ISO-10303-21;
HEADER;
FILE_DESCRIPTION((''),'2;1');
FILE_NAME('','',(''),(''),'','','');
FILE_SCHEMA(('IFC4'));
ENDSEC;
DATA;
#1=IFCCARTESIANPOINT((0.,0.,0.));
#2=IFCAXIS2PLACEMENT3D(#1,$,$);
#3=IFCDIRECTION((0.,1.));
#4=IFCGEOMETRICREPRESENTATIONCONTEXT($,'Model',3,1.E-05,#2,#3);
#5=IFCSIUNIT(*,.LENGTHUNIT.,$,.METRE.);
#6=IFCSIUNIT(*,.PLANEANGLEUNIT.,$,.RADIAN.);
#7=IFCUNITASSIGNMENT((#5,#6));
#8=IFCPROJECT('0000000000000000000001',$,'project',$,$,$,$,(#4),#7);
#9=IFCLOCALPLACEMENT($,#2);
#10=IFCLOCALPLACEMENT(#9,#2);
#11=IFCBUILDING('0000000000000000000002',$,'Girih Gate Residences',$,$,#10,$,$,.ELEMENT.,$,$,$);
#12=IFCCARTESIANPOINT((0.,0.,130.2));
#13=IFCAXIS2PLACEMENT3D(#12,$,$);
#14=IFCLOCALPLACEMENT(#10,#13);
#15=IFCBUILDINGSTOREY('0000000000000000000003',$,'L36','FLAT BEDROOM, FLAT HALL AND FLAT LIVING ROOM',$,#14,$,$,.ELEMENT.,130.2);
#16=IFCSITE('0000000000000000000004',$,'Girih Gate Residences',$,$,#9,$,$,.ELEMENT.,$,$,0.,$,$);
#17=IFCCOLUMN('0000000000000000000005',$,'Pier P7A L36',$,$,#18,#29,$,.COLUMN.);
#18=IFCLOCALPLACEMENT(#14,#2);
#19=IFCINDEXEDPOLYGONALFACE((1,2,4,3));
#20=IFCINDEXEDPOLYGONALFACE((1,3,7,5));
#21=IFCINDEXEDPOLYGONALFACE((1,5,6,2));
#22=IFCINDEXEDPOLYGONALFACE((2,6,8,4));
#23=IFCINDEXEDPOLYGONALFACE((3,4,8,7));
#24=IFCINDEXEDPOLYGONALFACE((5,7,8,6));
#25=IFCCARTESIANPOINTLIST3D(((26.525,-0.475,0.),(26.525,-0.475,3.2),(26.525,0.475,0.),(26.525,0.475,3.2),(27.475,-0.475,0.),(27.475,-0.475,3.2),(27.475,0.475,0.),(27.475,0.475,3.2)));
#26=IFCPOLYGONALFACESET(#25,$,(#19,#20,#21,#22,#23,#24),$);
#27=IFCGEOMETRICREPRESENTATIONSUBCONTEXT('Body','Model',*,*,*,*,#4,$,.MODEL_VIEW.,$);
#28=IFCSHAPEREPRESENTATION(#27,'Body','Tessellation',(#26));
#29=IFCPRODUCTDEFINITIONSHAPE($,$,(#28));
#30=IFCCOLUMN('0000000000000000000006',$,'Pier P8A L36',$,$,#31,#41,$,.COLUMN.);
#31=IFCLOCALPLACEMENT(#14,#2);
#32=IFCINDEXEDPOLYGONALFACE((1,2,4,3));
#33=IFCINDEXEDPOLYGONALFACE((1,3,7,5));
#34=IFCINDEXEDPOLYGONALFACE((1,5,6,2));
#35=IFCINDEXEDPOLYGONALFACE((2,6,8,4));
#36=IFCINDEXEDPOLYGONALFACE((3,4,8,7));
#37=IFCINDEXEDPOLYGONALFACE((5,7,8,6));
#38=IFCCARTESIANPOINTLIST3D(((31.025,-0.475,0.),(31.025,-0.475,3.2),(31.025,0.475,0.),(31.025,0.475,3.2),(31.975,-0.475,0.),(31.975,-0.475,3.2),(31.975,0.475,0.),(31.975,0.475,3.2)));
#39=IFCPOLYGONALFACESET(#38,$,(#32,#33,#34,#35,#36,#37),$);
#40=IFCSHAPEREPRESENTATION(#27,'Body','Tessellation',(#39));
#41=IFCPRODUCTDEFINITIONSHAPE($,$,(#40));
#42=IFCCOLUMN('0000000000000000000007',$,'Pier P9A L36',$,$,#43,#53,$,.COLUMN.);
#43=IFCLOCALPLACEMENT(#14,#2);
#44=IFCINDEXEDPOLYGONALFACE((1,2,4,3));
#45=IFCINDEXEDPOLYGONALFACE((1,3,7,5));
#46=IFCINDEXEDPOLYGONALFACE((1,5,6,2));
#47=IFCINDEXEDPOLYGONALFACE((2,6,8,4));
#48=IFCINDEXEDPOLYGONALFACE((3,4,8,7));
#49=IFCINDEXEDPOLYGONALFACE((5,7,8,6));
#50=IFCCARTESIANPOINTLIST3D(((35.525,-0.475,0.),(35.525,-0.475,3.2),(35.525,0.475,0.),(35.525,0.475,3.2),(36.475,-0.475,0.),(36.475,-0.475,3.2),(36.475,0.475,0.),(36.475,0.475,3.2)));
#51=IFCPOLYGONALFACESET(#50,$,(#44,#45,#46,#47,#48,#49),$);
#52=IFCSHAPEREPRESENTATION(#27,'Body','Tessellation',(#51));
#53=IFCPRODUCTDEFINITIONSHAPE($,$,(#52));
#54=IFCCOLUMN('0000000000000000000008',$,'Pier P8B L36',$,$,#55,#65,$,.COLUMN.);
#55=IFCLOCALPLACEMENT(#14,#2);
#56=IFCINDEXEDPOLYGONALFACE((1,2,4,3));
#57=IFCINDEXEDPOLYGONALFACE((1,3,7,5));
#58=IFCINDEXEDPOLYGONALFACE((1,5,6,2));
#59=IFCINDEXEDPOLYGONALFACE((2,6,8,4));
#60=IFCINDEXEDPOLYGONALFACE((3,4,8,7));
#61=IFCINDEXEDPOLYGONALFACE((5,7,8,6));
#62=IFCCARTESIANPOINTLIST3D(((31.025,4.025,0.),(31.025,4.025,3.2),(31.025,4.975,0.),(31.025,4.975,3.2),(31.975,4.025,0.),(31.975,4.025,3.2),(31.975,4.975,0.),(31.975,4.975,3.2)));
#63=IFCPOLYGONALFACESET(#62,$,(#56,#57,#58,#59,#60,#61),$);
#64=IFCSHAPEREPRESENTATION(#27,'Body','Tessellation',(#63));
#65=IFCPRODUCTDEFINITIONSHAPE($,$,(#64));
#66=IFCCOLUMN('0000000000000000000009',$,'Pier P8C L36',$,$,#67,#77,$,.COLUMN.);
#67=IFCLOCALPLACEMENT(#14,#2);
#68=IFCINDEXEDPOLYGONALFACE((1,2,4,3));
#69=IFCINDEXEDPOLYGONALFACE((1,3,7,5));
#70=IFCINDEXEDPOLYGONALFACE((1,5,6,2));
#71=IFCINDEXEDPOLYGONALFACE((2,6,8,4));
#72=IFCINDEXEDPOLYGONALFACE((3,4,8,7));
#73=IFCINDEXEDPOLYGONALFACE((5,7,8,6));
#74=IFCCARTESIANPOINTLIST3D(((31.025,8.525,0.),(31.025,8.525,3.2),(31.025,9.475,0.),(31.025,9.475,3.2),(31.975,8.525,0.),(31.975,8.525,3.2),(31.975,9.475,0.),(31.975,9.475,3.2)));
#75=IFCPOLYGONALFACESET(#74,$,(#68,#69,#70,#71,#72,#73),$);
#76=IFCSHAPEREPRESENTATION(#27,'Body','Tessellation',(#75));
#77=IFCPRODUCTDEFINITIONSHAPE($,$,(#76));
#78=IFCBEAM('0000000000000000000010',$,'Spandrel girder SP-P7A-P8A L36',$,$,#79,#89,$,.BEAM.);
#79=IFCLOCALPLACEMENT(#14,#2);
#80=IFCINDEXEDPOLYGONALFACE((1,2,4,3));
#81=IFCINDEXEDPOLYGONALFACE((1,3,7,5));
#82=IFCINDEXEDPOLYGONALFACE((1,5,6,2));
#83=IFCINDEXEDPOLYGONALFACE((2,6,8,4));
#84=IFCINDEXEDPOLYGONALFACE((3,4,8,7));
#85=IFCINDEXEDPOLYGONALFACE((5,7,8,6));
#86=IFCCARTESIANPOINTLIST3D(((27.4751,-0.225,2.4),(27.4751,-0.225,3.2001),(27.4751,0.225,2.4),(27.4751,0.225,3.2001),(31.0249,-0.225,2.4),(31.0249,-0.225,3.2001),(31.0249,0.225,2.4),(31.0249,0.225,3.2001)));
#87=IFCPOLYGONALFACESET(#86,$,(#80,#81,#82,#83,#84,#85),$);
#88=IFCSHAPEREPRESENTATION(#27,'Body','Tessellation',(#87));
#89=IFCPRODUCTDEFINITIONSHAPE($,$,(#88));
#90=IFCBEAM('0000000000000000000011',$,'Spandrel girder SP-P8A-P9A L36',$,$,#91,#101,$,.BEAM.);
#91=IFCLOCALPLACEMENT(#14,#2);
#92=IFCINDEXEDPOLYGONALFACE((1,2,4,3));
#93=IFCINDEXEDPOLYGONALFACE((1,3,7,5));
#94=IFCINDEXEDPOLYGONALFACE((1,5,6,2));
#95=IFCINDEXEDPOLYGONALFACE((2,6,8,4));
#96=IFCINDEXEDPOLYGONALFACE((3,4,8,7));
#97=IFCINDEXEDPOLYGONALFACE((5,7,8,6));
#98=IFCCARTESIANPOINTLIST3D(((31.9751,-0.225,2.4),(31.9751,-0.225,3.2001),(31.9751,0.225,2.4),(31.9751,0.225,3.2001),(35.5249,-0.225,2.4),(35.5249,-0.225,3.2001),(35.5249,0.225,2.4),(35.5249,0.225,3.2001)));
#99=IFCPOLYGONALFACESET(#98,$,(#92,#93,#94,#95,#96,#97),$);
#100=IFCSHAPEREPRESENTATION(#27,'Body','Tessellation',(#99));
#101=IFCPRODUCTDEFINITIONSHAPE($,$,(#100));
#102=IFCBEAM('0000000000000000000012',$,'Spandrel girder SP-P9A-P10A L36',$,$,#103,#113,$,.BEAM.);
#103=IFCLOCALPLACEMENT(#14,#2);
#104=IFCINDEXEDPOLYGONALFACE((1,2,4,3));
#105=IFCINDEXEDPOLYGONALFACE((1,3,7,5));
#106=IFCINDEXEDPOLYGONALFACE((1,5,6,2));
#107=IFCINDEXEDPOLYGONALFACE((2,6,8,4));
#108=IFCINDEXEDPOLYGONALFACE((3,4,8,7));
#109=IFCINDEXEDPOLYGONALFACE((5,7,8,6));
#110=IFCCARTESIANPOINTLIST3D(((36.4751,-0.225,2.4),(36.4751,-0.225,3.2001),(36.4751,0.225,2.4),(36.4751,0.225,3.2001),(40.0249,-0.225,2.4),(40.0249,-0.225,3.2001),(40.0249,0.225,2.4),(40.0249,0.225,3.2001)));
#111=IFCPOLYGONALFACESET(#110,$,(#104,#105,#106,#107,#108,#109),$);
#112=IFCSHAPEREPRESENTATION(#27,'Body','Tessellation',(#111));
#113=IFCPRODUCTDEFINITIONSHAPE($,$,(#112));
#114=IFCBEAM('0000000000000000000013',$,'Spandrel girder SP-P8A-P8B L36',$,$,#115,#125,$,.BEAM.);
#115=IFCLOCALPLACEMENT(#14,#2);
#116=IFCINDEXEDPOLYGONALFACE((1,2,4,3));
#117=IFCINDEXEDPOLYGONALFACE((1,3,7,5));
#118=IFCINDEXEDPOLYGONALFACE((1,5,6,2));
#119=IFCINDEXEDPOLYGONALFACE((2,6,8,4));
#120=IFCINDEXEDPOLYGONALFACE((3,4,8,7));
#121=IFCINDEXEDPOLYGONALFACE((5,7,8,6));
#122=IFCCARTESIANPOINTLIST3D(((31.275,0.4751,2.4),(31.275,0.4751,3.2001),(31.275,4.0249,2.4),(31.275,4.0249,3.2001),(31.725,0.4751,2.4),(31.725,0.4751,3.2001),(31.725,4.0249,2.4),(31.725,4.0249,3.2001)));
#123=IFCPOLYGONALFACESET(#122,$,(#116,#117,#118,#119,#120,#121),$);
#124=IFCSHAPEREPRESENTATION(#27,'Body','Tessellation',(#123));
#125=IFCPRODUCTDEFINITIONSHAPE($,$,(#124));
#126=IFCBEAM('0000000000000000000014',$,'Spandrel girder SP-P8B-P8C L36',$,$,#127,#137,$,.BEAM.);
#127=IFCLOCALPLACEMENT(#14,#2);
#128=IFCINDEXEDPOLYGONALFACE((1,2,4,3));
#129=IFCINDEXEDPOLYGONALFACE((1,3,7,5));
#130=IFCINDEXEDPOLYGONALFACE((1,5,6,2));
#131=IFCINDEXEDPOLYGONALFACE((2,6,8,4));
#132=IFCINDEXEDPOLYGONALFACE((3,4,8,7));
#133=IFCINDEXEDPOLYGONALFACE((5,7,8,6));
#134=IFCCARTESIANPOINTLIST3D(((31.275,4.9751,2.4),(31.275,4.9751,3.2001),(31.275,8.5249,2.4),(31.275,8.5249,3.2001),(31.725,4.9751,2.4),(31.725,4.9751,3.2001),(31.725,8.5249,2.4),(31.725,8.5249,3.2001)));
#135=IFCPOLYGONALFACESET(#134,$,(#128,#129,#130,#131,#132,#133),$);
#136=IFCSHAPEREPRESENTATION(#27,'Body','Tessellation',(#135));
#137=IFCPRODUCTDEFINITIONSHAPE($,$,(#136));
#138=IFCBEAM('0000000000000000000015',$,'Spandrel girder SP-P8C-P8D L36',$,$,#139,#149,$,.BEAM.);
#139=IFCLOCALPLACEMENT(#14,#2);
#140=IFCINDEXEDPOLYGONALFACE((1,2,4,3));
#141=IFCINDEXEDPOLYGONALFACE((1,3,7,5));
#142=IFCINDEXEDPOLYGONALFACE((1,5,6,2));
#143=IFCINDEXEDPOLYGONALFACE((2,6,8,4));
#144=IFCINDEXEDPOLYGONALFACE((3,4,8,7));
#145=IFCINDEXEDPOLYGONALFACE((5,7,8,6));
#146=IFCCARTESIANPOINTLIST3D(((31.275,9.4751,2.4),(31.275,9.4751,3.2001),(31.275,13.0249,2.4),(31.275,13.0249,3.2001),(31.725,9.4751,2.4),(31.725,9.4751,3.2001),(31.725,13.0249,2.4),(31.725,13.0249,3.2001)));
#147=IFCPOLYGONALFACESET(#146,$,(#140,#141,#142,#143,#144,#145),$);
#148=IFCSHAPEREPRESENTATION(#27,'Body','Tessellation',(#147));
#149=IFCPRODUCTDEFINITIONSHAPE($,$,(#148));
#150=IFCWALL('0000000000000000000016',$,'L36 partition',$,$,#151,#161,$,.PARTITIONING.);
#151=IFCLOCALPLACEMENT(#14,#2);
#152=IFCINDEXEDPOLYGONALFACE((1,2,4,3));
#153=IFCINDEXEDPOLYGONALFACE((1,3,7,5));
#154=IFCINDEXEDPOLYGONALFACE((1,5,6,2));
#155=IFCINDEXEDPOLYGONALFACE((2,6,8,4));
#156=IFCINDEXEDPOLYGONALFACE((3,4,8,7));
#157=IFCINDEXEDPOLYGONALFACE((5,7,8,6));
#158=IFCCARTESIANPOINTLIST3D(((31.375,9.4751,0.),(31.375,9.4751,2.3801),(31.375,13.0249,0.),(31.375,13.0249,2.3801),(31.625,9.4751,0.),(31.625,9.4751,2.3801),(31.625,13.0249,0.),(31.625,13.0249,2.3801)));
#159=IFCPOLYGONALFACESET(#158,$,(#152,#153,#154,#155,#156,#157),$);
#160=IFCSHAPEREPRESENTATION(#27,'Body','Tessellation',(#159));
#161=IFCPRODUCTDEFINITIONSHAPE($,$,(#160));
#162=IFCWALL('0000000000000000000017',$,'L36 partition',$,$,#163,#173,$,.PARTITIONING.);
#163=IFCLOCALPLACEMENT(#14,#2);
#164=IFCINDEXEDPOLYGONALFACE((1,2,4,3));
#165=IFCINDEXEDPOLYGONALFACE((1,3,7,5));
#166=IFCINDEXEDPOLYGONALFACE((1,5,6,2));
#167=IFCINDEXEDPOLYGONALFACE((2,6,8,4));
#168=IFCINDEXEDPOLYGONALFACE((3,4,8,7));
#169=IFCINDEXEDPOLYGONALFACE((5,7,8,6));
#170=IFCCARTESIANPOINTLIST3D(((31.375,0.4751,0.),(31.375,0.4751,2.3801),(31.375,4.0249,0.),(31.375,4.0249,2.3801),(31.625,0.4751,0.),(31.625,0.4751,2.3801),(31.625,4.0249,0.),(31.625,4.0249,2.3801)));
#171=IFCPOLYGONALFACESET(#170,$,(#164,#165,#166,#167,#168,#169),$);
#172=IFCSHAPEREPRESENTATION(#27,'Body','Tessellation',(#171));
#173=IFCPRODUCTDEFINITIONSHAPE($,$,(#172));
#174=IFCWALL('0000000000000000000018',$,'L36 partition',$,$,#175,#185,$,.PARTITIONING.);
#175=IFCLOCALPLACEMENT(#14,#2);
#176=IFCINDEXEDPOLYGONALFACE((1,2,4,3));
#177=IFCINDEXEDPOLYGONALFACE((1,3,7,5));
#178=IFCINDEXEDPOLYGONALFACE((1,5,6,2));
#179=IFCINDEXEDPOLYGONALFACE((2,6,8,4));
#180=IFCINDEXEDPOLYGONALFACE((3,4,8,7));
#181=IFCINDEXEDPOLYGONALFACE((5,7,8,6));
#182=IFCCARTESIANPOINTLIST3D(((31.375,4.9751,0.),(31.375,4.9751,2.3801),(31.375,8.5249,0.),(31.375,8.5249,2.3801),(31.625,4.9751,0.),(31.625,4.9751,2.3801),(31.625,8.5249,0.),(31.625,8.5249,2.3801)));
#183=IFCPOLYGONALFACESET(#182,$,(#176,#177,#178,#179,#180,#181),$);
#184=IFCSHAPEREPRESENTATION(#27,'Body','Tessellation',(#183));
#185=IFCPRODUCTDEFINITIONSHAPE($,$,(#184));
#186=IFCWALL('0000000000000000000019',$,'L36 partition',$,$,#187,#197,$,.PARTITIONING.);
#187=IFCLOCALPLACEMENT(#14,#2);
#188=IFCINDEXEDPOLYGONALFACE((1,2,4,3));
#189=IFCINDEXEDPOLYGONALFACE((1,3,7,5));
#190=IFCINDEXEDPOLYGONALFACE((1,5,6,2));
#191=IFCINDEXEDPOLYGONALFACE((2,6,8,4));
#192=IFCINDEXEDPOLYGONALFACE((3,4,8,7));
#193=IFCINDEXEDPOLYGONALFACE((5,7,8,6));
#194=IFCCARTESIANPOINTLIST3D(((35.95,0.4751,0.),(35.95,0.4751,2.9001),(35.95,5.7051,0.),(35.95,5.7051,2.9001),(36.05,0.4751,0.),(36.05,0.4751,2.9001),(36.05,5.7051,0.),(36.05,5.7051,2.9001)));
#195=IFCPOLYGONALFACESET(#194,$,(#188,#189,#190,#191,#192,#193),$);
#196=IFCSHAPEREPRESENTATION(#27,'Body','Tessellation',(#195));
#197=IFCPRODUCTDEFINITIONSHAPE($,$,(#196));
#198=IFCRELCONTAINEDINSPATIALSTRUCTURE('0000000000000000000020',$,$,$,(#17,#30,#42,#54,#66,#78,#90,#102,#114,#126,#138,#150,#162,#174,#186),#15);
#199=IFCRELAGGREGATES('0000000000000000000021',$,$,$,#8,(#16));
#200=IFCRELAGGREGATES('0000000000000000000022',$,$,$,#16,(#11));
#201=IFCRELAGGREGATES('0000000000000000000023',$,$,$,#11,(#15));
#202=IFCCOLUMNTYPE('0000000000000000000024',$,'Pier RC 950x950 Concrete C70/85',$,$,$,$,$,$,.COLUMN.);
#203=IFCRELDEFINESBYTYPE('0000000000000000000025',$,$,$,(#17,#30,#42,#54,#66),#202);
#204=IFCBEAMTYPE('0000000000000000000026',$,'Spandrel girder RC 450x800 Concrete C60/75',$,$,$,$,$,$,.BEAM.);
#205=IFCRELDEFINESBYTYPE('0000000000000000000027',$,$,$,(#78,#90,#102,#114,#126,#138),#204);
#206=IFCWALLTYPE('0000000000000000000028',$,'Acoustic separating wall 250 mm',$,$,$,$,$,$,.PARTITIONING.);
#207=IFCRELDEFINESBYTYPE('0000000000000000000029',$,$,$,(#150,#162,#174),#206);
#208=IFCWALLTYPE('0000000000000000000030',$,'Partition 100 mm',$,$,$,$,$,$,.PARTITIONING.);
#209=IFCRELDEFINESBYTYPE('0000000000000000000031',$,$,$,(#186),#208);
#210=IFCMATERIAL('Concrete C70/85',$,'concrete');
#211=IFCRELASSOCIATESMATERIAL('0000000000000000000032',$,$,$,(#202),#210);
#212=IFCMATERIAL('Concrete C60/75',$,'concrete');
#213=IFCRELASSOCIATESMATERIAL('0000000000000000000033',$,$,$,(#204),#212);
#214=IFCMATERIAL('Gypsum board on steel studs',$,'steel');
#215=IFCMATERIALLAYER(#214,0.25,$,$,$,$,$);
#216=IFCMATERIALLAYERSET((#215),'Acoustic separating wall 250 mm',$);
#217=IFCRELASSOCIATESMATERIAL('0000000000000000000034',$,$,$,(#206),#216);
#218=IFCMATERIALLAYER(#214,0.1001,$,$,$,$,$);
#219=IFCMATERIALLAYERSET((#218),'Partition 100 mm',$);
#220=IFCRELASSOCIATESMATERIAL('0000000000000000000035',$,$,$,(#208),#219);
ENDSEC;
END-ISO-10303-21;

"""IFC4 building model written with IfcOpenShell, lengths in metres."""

from ifc_helpers import new_model, si_unit, direction, frame, frame_2d, origin, origin_2d, place, context, subcontext, project, spatial, rectangle, extrude, material, layer, layer_set, material_profile, profile_set, type_object, element, save


model = new_model("IFC4")

# Units and contexts
model_context = context("Model", 3, precision=1e-05, world=origin(), true_north=direction((0.0, 1.0)))
body_context = subcontext(model_context, "Body", "Model", "MODEL_VIEW")
ifc_project = project(units=[si_unit("LENGTHUNIT", "METRE"), si_unit("PLANEANGLEUNIT", "RADIAN")], contexts=[model_context])

# Site, building, storey
site_placement = place(None, origin())
site = spatial("IfcSite", under=ifc_project, at=site_placement, Name="Girih Gate Residences", CompositionType="ELEMENT", RefElevation=0.0)
building_placement = place(site_placement, origin())
building = spatial("IfcBuilding", under=site, at=building_placement, Name="Girih Gate Residences", CompositionType="ELEMENT")
storey_placement = place(building_placement, frame((0.0, 0.0, 130.2)))
storey = spatial("IfcBuildingStorey", under=building, at=storey_placement, Name="L36", Description="FLAT BEDROOM, FLAT HALL AND FLAT LIVING ROOM", CompositionType="ELEMENT", Elevation=130.2)

# Columns
ifc_material_1 = material(Name="Concrete C70/85", Category="concrete")
ifc_material_profile_1 = material_profile(ifc_material_1, rectangle(XDim=0.95, YDim=0.95, at=origin_2d()))
ifc_profile_set_1 = profile_set([ifc_material_profile_1], Name="Concrete C70/85")
column_type = type_object("IfcColumnType", Name="Pier RC 950x950 Concrete C70/85", PredefinedType="COLUMN", material=ifc_profile_set_1)
for number, where, z_axis, x_axis, name in (
    (1, (27.0, 0.0, 0.0), (0.0, 0.0, 1.0), (1.0, 0.0, 0.0), "Pier P7A L36"),
    (2, (31.5, 0.0, 0.0), (0.0, 0.0, 1.0), (1.0, 0.0, 0.0), "Pier P8A L36"),
    (3, (36.0, 0.0, 0.0), (0.0, 0.0, 1.0), (1.0, 0.0, 0.0), "Pier P9A L36"),
    (4, (31.5, 4.5, 0.0), (0.0, 0.0, 1.0), (1.0, 0.0, 0.0), "Pier P8B L36"),
    (5, (31.5, 9.0, 0.0), (0.0, 0.0, 1.0), (1.0, 0.0, 0.0), "Pier P8C L36"),
):
    element("IfcColumn", number, at=place(storey_placement, frame(where, z_axis=z_axis, x_axis=x_axis)), inside=storey, type_object=column_type, Name=name, PredefinedType="COLUMN", context=body_context, shape_type="SweptSolid", body=[
        extrude(rectangle(XDim=0.95, YDim=0.95, at=origin_2d()), origin(), (0.0, 0.0, 1.0), 3.2),
    ])

# Beams
ifc_material_2 = material(Name="Concrete C60/75", Category="concrete")
ifc_material_profile_2 = material_profile(ifc_material_2, rectangle(XDim=0.45, YDim=0.8, at=origin_2d()))
ifc_profile_set_2 = profile_set([ifc_material_profile_2], Name="Concrete C60/75")
beam_type = type_object("IfcBeamType", Name="Spandrel girder RC 450x800 Concrete C60/75", PredefinedType="BEAM", material=ifc_profile_set_2)
for number, where, z_axis, x_axis, name in (
    (6, (27.4751, 0.0, 2.8), (1.0, 0.0, 0.0), (0.0, 1.0, 0.0), "Spandrel girder SP-P7A-P8A L36"),
    (7, (31.9751, 0.0, 2.8), (1.0, 0.0, 0.0), (0.0, 1.0, 0.0), "Spandrel girder SP-P8A-P9A L36"),
    (8, (36.4751, 0.0, 2.8), (1.0, 0.0, 0.0), (0.0, 1.0, 0.0), "Spandrel girder SP-P9A-P10A L36"),
    (9, (31.5, 0.4751, 2.8), (0.0, 1.0, 0.0), (-1.0, 0.0, 0.0), "Spandrel girder SP-P8A-P8B L36"),
    (10, (31.5, 4.9751, 2.8), (0.0, 1.0, 0.0), (-1.0, 0.0, 0.0), "Spandrel girder SP-P8B-P8C L36"),
    (11, (31.5, 9.4751, 2.8), (0.0, 1.0, 0.0), (-1.0, 0.0, 0.0), "Spandrel girder SP-P8C-P8D L36"),
):
    element("IfcBeam", number, at=place(storey_placement, frame(where, z_axis=z_axis, x_axis=x_axis)), inside=storey, type_object=beam_type, Name=name, PredefinedType="BEAM", context=body_context, shape_type="SweptSolid", body=[
        extrude(rectangle(XDim=0.45, YDim=0.8, at=origin_2d()), origin(), (0.0, 0.0, 1.0), 3.5498),
    ])

# Walls
ifc_material_3 = material(Name="Gypsum board on steel studs", Category="steel")
ifc_layer_1 = layer(ifc_material_3, 0.25)
ifc_layer_set_1 = layer_set([ifc_layer_1], Name="Acoustic separating wall 250 mm")
wall_type_1 = type_object("IfcWallType", Name="Acoustic separating wall 250 mm", PredefinedType="PARTITIONING", material=ifc_layer_set_1)
for number, where, z_axis, x_axis, name in (
    (12, (31.5, 9.4751, 0.0), (0.0, 0.0, 1.0), (0.0, 1.0, 0.0), "L36 partition"),
    (13, (31.5, 0.4751, 0.0), (0.0, 0.0, 1.0), (0.0, 1.0, 0.0), "L36 partition"),
    (14, (31.5, 4.9751, 0.0), (0.0, 0.0, 1.0), (0.0, 1.0, 0.0), "L36 partition"),
):
    element("IfcWall", number, at=place(storey_placement, frame(where, z_axis=z_axis, x_axis=x_axis)), inside=storey, type_object=wall_type_1, Name=name, PredefinedType="PARTITIONING", context=body_context, shape_type="SweptSolid", body=[
        extrude(rectangle(XDim=3.5498, YDim=0.25, at=frame_2d((1.7749, 0.0))), origin(), (0.0, 0.0, 1.0), 2.3801),
    ])
ifc_layer_2 = layer(ifc_material_3, 0.1001)
ifc_layer_set_2 = layer_set([ifc_layer_2], Name="Partition 100 mm")
wall_type_2 = type_object("IfcWallType", Name="Partition 100 mm", PredefinedType="PARTITIONING", material=ifc_layer_set_2)
wall_1_placement = place(storey_placement, frame((36.0, 0.4751, 0.0), z_axis=(0.0, 0.0, 1.0), x_axis=(0.0, 1.0, 0.0)))
element("IfcWall", 15, at=wall_1_placement, inside=storey, type_object=wall_type_2, Name="L36 partition", PredefinedType="PARTITIONING", context=body_context, shape_type="SweptSolid", body=[
    extrude(rectangle(XDim=5.23, YDim=0.1001, at=frame_2d((2.615, 0.0))), origin(), (0.0, 0.0, 1.0), 2.9001),
])

save(model, "model.ifc")
